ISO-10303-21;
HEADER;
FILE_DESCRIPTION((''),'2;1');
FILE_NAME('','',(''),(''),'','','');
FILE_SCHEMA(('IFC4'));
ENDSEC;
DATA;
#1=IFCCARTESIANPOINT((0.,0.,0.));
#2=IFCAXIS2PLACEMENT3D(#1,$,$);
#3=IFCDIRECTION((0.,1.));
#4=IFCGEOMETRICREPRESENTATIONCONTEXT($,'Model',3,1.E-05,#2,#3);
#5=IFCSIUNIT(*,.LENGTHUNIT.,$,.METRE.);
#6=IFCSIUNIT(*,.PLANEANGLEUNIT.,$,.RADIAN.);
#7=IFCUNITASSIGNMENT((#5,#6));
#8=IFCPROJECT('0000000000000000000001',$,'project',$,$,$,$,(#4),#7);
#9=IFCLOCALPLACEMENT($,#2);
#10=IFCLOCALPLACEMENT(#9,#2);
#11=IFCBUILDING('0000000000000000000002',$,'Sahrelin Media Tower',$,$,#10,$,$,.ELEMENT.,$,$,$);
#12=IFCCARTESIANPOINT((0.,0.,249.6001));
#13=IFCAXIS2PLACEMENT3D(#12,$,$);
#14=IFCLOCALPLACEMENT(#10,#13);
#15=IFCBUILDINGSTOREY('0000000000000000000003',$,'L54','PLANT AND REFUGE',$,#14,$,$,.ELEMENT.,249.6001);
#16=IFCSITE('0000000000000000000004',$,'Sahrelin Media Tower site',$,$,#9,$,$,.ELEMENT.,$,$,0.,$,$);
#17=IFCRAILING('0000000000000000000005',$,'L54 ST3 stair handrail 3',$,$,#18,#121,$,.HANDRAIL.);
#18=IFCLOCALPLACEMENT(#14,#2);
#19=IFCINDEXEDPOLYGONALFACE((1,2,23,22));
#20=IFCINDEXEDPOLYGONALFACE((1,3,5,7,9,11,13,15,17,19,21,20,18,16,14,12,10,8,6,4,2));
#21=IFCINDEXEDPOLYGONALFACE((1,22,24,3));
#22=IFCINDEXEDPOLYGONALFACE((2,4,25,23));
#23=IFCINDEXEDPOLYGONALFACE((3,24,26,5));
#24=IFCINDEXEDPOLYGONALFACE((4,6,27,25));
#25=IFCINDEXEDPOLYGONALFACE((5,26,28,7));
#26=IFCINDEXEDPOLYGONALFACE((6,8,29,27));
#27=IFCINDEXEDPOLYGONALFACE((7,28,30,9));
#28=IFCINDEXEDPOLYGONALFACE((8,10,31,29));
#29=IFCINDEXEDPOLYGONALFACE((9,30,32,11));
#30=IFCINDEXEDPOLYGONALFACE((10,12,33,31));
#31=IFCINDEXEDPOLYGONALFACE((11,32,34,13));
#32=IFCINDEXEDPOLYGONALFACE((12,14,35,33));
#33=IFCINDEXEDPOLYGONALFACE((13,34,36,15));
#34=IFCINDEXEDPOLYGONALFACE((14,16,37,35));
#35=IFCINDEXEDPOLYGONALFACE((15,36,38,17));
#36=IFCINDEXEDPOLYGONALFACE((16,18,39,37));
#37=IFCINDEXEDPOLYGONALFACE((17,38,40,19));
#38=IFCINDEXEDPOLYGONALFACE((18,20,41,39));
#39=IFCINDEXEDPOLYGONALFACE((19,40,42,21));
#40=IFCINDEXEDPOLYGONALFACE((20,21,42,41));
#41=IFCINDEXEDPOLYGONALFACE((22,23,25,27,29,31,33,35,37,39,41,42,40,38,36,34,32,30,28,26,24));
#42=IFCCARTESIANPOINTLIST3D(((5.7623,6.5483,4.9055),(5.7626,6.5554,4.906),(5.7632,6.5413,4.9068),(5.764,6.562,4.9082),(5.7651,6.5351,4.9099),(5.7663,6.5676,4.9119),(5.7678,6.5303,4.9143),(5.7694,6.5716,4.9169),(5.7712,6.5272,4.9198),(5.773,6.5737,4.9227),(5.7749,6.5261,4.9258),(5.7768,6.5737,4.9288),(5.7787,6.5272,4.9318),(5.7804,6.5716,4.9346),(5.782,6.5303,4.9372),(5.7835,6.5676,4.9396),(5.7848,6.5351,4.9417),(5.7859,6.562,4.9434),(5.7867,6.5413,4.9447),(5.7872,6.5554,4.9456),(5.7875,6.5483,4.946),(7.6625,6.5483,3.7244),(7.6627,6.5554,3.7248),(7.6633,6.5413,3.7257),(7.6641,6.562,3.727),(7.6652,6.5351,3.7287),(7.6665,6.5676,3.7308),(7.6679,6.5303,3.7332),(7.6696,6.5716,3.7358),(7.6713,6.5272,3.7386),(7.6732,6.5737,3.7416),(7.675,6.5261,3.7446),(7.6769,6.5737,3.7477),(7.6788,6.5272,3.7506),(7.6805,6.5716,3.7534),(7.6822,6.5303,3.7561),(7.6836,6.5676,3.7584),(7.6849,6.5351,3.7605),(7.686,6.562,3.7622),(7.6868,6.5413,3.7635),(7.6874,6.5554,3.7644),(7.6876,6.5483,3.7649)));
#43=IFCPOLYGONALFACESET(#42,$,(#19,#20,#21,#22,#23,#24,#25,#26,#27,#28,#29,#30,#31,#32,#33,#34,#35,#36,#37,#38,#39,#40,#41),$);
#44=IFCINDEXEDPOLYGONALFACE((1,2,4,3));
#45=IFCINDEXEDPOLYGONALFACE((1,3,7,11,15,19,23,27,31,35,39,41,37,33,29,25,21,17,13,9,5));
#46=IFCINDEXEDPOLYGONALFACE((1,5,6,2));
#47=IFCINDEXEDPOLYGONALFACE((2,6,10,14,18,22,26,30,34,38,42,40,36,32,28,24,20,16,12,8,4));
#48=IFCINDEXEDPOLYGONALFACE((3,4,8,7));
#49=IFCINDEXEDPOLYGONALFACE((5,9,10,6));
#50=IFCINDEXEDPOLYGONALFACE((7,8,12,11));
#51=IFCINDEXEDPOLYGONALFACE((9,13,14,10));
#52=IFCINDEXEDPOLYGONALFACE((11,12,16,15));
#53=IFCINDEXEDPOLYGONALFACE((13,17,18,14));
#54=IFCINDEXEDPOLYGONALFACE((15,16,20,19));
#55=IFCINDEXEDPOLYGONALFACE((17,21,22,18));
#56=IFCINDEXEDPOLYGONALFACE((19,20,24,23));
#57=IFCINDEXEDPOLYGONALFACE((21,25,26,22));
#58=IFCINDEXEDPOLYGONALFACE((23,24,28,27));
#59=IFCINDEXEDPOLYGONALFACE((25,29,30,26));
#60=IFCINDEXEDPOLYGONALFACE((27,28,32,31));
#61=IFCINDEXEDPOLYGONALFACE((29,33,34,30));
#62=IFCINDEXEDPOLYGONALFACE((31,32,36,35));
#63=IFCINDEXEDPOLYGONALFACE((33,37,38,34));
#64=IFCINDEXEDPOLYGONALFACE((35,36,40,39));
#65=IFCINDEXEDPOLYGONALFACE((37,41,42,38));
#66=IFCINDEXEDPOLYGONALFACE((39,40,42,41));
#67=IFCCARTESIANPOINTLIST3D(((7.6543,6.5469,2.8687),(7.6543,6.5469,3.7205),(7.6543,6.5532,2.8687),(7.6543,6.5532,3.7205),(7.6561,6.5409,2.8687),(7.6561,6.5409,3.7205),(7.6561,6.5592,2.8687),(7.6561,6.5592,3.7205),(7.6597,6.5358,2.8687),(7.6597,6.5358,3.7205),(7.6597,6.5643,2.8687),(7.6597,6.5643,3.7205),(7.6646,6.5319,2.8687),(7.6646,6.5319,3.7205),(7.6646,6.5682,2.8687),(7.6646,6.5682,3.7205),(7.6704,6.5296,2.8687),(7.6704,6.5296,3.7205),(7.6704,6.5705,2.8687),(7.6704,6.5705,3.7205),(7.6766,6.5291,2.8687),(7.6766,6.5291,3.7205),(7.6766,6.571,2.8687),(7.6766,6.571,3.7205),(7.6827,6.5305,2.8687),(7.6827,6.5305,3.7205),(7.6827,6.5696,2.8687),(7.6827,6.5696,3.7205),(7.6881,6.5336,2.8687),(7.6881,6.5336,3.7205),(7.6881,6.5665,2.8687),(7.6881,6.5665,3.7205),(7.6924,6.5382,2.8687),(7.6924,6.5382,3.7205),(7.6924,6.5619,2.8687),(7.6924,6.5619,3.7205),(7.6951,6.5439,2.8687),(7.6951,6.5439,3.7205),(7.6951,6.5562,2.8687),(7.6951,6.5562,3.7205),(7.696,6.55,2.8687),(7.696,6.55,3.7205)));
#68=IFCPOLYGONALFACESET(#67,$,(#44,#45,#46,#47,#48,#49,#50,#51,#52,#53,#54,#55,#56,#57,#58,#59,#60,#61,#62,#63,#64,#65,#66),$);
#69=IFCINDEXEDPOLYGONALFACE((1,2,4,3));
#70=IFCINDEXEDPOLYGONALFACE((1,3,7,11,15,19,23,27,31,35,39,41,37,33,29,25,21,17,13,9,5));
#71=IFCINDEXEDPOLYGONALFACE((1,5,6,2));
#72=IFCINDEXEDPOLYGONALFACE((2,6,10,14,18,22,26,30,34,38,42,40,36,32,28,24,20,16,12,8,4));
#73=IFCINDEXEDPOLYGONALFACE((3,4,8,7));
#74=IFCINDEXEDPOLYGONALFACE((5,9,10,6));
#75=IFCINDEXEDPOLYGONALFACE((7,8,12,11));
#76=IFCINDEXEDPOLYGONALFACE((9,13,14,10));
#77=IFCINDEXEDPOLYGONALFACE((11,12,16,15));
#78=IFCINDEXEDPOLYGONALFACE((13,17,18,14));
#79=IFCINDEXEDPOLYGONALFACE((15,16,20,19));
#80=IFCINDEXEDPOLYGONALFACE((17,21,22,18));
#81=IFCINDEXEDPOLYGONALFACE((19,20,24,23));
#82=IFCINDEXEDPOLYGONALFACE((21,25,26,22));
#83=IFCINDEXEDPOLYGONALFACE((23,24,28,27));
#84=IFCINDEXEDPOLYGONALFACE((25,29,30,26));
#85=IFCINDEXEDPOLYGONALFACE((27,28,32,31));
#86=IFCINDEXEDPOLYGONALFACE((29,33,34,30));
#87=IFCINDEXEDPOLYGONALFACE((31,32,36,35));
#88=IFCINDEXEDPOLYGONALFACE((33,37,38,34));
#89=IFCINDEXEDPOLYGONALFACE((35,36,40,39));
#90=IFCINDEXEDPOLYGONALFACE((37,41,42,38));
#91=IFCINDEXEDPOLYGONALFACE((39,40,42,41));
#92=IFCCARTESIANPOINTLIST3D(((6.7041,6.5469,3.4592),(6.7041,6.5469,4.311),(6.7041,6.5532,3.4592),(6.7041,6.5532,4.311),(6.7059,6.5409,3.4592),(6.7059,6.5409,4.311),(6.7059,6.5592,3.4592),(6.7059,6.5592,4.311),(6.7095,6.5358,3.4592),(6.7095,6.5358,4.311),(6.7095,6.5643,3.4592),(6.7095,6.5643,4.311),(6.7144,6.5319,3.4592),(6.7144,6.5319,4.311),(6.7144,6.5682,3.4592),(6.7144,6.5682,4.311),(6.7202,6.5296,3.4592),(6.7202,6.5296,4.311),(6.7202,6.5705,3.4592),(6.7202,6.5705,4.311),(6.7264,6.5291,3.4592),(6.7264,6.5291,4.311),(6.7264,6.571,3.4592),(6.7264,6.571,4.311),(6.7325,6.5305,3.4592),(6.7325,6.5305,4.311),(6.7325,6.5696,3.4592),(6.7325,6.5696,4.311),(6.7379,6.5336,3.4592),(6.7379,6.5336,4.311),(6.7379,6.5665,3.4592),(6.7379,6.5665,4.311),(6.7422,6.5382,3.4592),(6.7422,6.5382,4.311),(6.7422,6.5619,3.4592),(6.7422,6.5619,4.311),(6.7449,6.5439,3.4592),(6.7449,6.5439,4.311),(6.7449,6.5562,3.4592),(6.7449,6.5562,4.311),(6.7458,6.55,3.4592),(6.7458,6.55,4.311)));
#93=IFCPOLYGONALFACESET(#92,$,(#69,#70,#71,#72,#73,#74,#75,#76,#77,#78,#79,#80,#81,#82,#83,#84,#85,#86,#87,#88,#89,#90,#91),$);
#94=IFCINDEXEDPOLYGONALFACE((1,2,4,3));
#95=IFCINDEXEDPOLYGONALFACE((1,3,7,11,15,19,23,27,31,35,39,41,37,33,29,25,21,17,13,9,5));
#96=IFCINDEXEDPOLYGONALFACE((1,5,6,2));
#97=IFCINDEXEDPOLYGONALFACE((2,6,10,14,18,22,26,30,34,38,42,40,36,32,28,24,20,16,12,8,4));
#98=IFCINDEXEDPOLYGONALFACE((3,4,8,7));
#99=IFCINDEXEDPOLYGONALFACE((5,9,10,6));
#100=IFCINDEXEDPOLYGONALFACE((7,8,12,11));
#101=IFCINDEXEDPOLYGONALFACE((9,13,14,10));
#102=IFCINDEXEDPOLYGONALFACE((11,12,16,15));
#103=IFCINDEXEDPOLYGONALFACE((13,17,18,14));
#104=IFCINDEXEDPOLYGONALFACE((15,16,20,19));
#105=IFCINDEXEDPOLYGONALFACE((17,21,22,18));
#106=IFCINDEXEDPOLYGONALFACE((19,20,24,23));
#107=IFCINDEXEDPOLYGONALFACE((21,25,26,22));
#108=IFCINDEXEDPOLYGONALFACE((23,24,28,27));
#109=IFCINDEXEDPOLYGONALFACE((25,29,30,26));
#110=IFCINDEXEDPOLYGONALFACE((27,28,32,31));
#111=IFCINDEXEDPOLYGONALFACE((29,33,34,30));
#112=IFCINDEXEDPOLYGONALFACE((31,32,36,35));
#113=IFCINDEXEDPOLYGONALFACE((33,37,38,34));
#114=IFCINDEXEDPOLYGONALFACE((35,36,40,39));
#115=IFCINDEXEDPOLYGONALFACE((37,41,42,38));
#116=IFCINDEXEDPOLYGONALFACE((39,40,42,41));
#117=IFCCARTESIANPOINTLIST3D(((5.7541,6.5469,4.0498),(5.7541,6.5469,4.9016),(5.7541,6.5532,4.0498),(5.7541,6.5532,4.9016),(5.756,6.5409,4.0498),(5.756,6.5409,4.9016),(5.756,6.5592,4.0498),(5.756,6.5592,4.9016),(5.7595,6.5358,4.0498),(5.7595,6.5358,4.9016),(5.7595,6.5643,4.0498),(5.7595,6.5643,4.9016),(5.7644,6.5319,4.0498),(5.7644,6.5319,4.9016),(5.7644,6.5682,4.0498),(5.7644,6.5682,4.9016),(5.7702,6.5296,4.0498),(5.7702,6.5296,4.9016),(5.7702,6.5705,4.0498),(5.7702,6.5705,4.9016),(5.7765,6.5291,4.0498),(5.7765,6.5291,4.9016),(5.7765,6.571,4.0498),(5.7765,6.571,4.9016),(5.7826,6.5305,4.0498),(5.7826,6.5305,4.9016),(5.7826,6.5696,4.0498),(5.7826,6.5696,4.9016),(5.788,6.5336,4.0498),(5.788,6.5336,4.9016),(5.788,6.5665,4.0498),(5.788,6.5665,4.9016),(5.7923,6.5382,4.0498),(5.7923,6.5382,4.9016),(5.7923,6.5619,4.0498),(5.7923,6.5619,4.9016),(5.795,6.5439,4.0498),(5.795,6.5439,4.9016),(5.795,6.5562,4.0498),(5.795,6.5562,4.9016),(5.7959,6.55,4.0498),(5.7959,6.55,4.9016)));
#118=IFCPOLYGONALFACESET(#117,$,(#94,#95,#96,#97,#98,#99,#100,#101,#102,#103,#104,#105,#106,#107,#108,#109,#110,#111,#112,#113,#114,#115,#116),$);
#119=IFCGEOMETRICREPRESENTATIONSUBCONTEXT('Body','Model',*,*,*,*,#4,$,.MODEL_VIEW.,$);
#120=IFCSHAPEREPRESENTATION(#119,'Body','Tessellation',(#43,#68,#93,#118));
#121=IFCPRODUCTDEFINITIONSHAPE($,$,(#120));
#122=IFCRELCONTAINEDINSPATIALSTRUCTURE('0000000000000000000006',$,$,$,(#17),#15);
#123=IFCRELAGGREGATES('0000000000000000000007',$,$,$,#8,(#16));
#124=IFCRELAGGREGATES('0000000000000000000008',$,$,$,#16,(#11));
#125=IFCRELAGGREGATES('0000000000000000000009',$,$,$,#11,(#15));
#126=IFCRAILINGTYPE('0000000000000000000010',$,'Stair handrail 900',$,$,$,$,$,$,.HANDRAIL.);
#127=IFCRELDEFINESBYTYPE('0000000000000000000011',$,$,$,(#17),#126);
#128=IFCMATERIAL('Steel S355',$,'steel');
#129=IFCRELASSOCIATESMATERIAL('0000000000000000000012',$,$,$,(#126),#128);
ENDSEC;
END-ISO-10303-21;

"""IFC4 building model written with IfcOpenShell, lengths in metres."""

from ifc_helpers import new_model, si_unit, direction, frame, origin, origin_2d, place, context, subcontext, project, spatial, circle, extrude, material, type_object, element, save


model = new_model("IFC4")

# Units and contexts
model_context = context("Model", 3, precision=1e-05, world=origin(), true_north=direction((0.0, 1.0)))
body_context = subcontext(model_context, "Body", "Model", "MODEL_VIEW")
ifc_project = project(units=[si_unit("LENGTHUNIT", "METRE"), si_unit("PLANEANGLEUNIT", "RADIAN")], contexts=[model_context])

# Site, building, storey
site_placement = place(None, origin())
site = spatial("IfcSite", under=ifc_project, at=site_placement, Name="Sahrelin Media Tower site", CompositionType="ELEMENT", RefElevation=0.0)
building_placement = place(site_placement, origin())
building = spatial("IfcBuilding", under=site, at=building_placement, Name="Sahrelin Media Tower", CompositionType="ELEMENT")
storey_placement = place(building_placement, frame((0.0, 0.0, 249.6001)))
storey = spatial("IfcBuildingStorey", under=building, at=storey_placement, Name="L54", Description="PLANT AND REFUGE", CompositionType="ELEMENT", Elevation=249.6001)

# Shared definitions
ifc_material_1 = material(Name="Steel S355", Category="steel")

# Railing
railing_type_1 = type_object("IfcRailingType", Name="Stair handrail 900", PredefinedType="HANDRAIL", material=ifc_material_1)
for number, where, name in (
    (1, (7.675, 6.55, 2.8687), "L54 ST3 stair handrail 3"),
):
    element("IfcRailing", number, at=place(storey_placement, frame(where)), inside=storey, type_object=railing_type_1, Name=name, PredefinedType="HANDRAIL", context=body_context, shape_type="SweptSolid", body=[
        extrude(circle(Radius=0.0239, at=origin_2d()), frame((0.0, 0.0, 0.876), z_axis=(-0.849289, 0.0, 0.527928), x_axis=(0.0, -1.0, 0.0)), (0.0, 0.0, 1.0), 2.2373),
        extrude(circle(Radius=0.021, at=origin_2d()), origin(), (0.0, 0.0, 1.0), 0.8518),
        extrude(circle(Radius=0.021, at=origin_2d()), frame((-0.9502, 0.0, 0.5906)), (0.0, 0.0, 1.0), 0.8518),
        extrude(circle(Radius=0.021, at=origin_2d()), frame((-1.9001, 0.0, 1.1812)), (0.0, 0.0, 1.0), 0.8518),
    ])

save(model, "model.ifc")
